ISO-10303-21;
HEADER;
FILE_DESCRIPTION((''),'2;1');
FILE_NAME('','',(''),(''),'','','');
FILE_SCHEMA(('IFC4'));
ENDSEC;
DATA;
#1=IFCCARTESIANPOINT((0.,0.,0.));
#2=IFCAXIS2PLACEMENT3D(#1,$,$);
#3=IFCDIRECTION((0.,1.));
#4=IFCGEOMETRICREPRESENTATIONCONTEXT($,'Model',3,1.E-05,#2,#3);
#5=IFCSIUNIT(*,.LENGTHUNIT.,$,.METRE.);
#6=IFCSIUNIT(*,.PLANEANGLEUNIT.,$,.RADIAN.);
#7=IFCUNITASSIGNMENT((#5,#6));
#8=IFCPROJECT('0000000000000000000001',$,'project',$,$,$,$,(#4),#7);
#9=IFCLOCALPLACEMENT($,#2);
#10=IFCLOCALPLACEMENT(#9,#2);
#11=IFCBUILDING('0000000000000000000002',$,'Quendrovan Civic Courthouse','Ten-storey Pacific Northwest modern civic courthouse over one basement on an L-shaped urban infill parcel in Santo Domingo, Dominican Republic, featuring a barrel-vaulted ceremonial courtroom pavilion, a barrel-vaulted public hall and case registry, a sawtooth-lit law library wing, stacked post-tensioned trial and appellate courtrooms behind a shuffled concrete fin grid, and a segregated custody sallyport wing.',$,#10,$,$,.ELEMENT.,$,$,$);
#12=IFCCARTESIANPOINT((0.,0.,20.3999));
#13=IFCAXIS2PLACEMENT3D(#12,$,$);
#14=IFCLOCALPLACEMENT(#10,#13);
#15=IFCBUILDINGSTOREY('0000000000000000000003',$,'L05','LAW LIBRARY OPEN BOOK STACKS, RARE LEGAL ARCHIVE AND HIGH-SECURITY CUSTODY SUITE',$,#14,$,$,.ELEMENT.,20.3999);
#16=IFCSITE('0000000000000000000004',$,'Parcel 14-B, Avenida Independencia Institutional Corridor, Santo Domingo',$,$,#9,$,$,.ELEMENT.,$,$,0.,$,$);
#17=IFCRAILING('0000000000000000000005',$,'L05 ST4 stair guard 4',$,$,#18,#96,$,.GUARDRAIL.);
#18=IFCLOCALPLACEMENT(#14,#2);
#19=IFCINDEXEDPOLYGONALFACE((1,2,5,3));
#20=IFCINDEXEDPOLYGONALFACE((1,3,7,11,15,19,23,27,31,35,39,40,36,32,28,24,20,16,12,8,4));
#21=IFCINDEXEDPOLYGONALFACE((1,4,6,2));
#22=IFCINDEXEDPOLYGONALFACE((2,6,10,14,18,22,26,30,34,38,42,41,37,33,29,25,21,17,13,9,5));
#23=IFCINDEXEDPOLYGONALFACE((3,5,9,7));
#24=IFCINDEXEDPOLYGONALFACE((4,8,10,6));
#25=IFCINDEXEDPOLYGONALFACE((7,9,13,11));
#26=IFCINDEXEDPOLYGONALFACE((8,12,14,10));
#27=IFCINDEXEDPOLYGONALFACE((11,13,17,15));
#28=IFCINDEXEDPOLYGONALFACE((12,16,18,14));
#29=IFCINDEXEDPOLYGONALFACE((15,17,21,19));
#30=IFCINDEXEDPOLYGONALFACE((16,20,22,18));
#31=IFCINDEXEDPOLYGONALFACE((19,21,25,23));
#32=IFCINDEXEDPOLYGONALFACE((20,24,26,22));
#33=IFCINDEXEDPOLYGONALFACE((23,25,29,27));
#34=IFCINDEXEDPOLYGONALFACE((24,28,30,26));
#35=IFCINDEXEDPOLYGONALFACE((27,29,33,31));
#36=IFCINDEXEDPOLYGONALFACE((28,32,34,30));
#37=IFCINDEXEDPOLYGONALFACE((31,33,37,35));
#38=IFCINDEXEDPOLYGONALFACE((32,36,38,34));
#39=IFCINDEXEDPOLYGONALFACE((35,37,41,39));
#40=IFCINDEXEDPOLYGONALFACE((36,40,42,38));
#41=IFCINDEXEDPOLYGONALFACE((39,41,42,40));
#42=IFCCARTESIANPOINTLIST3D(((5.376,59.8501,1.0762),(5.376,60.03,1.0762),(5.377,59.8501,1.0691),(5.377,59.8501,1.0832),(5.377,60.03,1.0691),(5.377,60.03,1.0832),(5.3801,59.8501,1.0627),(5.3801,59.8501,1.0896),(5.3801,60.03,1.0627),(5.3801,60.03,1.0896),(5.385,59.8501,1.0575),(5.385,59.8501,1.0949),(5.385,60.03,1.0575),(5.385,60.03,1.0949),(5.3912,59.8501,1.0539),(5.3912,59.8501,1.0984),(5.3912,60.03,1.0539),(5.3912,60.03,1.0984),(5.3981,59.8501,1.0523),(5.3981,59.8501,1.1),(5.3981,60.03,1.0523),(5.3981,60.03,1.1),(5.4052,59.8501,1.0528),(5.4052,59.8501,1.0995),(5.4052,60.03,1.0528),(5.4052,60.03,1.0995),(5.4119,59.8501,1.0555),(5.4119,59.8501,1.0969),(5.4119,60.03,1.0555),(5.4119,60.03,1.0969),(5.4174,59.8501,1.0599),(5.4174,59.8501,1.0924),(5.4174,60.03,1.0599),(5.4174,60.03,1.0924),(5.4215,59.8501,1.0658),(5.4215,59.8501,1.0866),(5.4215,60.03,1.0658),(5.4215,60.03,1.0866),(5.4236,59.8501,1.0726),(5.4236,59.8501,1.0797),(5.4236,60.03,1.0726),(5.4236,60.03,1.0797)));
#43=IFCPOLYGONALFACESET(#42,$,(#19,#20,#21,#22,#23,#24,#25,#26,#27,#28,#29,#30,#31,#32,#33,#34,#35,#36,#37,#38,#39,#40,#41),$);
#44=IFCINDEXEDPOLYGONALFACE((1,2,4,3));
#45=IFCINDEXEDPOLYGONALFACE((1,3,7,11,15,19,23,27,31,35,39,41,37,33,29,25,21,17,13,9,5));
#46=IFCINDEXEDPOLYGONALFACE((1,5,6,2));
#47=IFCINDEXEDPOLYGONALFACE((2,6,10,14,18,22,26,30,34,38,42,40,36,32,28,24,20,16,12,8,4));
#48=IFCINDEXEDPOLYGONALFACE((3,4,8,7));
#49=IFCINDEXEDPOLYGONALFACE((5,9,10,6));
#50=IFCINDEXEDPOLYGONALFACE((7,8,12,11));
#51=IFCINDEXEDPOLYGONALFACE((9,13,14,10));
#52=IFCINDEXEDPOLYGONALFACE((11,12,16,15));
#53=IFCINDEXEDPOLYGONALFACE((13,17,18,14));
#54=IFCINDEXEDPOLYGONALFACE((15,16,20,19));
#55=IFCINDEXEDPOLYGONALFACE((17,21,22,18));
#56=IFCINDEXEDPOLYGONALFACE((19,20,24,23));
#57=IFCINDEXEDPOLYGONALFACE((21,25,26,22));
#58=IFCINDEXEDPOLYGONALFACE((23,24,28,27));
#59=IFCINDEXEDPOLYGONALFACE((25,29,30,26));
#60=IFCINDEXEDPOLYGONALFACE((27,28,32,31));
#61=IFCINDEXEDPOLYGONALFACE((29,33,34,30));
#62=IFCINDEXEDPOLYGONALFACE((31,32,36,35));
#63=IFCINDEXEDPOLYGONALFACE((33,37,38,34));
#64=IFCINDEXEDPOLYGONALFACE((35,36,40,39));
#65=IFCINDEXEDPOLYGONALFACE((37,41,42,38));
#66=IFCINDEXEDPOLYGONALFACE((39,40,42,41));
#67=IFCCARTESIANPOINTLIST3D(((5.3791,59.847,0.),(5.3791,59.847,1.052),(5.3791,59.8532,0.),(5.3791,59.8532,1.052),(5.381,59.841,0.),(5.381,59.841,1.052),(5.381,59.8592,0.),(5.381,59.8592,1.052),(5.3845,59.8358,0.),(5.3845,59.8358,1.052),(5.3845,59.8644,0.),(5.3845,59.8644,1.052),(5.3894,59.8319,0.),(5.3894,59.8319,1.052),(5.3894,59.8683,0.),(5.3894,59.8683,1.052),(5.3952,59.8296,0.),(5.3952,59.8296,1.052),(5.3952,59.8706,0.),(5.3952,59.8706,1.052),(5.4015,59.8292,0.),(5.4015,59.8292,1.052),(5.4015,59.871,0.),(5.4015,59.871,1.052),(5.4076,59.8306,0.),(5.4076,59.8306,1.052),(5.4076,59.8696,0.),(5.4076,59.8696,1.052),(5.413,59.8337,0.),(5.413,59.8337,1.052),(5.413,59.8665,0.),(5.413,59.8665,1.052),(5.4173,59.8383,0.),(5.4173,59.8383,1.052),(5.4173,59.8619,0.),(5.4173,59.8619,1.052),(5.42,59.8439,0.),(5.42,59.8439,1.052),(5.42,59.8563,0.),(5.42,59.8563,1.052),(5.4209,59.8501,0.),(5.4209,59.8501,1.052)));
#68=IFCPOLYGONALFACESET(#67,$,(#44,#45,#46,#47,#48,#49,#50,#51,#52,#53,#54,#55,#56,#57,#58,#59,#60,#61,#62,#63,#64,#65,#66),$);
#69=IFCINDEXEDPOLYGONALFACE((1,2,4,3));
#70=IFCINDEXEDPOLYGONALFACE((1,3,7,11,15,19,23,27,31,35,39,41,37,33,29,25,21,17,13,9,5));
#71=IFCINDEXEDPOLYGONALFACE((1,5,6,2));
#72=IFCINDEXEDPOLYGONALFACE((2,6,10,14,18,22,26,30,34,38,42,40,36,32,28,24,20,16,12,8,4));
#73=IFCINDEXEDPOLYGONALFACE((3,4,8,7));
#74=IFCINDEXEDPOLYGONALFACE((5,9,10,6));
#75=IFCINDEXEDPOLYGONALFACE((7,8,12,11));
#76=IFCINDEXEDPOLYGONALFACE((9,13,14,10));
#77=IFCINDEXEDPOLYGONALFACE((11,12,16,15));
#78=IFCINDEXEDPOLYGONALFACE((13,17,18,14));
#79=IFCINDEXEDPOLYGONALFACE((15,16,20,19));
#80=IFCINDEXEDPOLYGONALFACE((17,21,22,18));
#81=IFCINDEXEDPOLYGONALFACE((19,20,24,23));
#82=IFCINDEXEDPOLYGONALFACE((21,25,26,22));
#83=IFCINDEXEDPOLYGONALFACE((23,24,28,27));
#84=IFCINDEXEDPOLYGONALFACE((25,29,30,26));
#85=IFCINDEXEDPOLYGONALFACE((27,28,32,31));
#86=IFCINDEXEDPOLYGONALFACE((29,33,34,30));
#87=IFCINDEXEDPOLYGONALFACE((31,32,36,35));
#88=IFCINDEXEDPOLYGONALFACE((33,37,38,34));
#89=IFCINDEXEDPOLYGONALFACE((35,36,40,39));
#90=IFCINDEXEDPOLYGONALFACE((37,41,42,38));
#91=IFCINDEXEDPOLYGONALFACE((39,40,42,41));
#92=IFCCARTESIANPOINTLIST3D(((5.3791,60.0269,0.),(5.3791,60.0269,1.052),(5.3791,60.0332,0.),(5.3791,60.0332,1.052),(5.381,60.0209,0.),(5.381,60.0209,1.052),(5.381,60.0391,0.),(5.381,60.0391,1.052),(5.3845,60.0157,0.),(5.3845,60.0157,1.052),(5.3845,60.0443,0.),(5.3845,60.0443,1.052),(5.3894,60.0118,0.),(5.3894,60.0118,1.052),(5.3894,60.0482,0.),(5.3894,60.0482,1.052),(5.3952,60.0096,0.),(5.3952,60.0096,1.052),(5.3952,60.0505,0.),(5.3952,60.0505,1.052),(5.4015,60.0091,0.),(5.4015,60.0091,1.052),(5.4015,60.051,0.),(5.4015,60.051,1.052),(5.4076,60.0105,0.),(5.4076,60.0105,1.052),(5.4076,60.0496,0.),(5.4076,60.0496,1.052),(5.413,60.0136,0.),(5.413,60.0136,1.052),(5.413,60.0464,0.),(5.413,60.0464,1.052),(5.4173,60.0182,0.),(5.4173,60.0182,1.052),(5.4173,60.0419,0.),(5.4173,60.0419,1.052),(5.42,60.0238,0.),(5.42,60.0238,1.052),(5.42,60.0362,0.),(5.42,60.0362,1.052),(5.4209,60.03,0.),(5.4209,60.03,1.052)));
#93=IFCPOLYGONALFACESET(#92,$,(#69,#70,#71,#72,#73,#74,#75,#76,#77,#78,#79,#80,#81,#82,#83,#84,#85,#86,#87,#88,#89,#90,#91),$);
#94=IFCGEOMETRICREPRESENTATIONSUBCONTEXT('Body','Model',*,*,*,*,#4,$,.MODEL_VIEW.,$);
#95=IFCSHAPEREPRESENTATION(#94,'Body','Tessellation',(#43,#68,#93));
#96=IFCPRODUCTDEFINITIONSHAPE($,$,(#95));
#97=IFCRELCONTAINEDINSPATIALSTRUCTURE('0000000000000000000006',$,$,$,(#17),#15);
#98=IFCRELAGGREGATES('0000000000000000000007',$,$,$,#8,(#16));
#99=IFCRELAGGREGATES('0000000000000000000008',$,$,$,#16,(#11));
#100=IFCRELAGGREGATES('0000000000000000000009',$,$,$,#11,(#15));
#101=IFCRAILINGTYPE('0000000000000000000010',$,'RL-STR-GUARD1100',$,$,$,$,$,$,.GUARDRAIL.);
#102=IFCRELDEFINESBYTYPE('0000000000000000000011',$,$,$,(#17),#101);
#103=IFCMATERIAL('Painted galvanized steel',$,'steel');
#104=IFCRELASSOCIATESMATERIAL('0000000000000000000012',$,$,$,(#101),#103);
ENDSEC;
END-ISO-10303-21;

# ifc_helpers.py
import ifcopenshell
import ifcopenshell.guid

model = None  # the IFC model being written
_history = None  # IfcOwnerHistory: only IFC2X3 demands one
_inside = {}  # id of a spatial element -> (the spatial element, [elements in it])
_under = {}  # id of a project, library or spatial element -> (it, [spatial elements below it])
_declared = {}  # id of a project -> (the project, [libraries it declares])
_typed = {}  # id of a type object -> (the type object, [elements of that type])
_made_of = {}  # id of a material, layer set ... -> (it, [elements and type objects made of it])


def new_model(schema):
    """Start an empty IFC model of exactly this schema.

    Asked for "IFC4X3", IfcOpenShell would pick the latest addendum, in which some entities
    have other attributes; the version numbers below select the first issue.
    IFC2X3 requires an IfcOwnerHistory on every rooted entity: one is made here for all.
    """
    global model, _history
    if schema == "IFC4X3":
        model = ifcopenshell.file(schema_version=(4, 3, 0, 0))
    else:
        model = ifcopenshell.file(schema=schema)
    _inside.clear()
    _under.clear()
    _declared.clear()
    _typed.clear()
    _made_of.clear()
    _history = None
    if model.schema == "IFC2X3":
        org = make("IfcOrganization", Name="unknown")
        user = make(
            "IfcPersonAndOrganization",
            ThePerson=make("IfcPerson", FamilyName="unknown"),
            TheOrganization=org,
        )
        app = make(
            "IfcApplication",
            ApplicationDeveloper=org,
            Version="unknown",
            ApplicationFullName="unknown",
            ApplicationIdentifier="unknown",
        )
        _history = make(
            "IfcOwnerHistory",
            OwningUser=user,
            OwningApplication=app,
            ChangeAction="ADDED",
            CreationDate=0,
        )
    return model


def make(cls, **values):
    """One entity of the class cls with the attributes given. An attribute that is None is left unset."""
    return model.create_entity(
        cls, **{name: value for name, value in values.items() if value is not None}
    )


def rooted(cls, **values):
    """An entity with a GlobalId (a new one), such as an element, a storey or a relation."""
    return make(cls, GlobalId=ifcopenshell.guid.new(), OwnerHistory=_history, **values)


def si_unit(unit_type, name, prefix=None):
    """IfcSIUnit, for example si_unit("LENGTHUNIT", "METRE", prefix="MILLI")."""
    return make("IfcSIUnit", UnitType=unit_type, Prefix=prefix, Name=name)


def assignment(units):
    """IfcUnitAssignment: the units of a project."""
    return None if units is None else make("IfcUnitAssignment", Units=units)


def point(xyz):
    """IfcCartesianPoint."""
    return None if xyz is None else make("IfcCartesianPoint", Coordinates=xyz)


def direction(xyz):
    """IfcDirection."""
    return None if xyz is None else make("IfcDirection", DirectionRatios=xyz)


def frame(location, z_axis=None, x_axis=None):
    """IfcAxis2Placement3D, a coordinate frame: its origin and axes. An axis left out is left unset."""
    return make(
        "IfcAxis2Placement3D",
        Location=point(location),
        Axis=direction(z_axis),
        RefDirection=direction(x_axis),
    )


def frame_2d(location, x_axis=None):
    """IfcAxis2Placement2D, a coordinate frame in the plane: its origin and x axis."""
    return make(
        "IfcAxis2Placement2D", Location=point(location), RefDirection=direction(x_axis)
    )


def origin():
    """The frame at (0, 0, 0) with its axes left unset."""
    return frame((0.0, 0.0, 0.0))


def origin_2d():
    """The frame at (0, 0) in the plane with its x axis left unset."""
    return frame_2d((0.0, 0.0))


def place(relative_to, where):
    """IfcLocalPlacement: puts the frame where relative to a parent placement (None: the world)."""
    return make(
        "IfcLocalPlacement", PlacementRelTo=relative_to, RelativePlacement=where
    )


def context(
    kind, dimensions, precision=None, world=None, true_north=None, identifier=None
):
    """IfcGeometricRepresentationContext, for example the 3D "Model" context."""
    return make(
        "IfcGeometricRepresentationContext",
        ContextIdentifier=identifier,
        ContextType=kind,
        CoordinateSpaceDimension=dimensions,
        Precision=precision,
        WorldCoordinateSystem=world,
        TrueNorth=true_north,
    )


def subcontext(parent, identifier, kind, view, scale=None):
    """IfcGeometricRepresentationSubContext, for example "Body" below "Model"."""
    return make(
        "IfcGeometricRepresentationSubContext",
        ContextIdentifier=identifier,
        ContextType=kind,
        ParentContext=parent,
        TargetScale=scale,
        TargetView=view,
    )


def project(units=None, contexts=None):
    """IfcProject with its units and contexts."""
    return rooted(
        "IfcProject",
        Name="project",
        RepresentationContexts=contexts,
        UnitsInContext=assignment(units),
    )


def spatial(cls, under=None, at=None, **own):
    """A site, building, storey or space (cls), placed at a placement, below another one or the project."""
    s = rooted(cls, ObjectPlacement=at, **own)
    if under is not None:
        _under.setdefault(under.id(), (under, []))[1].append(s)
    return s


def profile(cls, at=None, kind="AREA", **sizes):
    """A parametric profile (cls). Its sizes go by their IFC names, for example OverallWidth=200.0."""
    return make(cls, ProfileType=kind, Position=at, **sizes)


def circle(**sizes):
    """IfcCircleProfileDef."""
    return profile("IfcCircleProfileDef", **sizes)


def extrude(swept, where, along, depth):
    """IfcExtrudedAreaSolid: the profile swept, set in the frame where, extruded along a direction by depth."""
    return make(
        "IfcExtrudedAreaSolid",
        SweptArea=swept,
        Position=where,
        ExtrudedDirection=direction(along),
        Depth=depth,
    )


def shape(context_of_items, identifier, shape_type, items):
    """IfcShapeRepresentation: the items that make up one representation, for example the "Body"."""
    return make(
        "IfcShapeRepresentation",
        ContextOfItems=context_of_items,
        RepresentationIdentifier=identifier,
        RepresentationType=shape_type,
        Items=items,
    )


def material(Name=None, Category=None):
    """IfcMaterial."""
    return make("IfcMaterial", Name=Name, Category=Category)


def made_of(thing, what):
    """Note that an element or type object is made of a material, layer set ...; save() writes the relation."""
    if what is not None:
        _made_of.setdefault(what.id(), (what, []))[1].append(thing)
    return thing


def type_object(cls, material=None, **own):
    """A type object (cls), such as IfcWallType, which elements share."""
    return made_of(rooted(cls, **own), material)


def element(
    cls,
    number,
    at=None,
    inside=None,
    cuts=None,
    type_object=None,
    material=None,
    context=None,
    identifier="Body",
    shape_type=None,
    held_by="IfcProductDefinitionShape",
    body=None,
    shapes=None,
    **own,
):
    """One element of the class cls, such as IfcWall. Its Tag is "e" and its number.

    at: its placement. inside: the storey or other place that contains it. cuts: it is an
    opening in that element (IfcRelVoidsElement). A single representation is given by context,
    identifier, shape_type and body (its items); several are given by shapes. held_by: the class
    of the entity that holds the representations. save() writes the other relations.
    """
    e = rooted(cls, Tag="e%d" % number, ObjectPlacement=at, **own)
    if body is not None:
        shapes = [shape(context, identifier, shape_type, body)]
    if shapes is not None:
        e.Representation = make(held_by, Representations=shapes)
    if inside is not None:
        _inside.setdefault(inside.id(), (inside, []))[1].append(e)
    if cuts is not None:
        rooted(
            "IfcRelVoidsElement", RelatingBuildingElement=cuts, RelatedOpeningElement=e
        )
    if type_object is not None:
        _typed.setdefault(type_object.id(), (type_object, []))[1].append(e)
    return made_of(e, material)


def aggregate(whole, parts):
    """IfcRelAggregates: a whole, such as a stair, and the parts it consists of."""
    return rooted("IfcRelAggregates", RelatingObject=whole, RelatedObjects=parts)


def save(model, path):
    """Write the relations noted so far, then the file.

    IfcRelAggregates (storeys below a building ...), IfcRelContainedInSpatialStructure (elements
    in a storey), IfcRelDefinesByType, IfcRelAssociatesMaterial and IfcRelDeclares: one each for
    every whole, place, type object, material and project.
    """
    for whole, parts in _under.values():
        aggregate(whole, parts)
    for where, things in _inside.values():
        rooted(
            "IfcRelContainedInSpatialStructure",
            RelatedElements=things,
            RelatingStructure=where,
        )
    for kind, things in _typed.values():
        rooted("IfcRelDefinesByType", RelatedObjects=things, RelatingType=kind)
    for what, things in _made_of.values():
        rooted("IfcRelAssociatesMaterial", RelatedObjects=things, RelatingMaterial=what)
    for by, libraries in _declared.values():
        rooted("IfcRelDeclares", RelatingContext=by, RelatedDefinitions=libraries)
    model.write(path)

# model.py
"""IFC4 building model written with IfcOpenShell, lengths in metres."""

from ifc_helpers import new_model, si_unit, direction, frame, origin, origin_2d, place, context, subcontext, project, spatial, circle, extrude, material, type_object, element, save


model = new_model("IFC4")

# Units and contexts
model_context = context("Model", 3, precision=1e-05, world=origin(), true_north=direction((0.0, 1.0)))
body_context = subcontext(model_context, "Body", "Model", "MODEL_VIEW")
ifc_project = project(units=[si_unit("LENGTHUNIT", "METRE"), si_unit("PLANEANGLEUNIT", "RADIAN")], contexts=[model_context])

# Site, building, storey
site_placement = place(None, origin())
site = spatial("IfcSite", under=ifc_project, at=site_placement, Name="Parcel 14-B, Avenida Independencia Institutional Corridor, Santo Domingo", CompositionType="ELEMENT", RefElevation=0.0)
building_placement = place(site_placement, origin())
building = spatial("IfcBuilding", under=site, at=building_placement, Name="Quendrovan Civic Courthouse", Description="Ten-storey Pacific Northwest modern civic courthouse over one basement on an L-shaped urban infill parcel in Santo Domingo, Dominican Republic, featuring a barrel-vaulted ceremonial courtroom pavilion, a barrel-vaulted public hall and case registry, a sawtooth-lit law library wing, stacked post-tensioned trial and appellate courtrooms behind a shuffled concrete fin grid, and a segregated custody sallyport wing.", CompositionType="ELEMENT")
storey_placement = place(building_placement, frame((0.0, 0.0, 20.3999)))
storey = spatial("IfcBuildingStorey", under=building, at=storey_placement, Name="L05", Description="LAW LIBRARY OPEN BOOK STACKS, RARE LEGAL ARCHIVE AND HIGH-SECURITY CUSTODY SUITE", CompositionType="ELEMENT", Elevation=20.3999)

# Railing
ifc_material_1 = material(Name="Painted galvanized steel", Category="steel")
railing_type_1 = type_object("IfcRailingType", Name="RL-STR-GUARD1100", PredefinedType="GUARDRAIL", material=ifc_material_1)
railing_1_placement = place(storey_placement, frame((5.3999, 59.8501, 0.0)))
element("IfcRailing", 1, at=railing_1_placement, inside=storey, type_object=railing_type_1, Name="L05 ST4 stair guard 4", PredefinedType="GUARDRAIL", context=body_context, shape_type="SweptSolid", body=[
    extrude(circle(Radius=0.0239, at=origin_2d()), frame((0.0, 0.0, 1.0762), z_axis=(0.0, 1.0, 0.0), x_axis=(-1.0, 0.0, 0.0)), (0.0, 0.0, 1.0), 0.1799),
    extrude(circle(Radius=0.021, at=origin_2d()), origin(), (0.0, 0.0, 1.0), 1.052),
    extrude(circle(Radius=0.021, at=origin_2d()), frame((0.0, 0.1799, 0.0)), (0.0, 0.0, 1.0), 1.052),
])

save(model, "model.ifc")
